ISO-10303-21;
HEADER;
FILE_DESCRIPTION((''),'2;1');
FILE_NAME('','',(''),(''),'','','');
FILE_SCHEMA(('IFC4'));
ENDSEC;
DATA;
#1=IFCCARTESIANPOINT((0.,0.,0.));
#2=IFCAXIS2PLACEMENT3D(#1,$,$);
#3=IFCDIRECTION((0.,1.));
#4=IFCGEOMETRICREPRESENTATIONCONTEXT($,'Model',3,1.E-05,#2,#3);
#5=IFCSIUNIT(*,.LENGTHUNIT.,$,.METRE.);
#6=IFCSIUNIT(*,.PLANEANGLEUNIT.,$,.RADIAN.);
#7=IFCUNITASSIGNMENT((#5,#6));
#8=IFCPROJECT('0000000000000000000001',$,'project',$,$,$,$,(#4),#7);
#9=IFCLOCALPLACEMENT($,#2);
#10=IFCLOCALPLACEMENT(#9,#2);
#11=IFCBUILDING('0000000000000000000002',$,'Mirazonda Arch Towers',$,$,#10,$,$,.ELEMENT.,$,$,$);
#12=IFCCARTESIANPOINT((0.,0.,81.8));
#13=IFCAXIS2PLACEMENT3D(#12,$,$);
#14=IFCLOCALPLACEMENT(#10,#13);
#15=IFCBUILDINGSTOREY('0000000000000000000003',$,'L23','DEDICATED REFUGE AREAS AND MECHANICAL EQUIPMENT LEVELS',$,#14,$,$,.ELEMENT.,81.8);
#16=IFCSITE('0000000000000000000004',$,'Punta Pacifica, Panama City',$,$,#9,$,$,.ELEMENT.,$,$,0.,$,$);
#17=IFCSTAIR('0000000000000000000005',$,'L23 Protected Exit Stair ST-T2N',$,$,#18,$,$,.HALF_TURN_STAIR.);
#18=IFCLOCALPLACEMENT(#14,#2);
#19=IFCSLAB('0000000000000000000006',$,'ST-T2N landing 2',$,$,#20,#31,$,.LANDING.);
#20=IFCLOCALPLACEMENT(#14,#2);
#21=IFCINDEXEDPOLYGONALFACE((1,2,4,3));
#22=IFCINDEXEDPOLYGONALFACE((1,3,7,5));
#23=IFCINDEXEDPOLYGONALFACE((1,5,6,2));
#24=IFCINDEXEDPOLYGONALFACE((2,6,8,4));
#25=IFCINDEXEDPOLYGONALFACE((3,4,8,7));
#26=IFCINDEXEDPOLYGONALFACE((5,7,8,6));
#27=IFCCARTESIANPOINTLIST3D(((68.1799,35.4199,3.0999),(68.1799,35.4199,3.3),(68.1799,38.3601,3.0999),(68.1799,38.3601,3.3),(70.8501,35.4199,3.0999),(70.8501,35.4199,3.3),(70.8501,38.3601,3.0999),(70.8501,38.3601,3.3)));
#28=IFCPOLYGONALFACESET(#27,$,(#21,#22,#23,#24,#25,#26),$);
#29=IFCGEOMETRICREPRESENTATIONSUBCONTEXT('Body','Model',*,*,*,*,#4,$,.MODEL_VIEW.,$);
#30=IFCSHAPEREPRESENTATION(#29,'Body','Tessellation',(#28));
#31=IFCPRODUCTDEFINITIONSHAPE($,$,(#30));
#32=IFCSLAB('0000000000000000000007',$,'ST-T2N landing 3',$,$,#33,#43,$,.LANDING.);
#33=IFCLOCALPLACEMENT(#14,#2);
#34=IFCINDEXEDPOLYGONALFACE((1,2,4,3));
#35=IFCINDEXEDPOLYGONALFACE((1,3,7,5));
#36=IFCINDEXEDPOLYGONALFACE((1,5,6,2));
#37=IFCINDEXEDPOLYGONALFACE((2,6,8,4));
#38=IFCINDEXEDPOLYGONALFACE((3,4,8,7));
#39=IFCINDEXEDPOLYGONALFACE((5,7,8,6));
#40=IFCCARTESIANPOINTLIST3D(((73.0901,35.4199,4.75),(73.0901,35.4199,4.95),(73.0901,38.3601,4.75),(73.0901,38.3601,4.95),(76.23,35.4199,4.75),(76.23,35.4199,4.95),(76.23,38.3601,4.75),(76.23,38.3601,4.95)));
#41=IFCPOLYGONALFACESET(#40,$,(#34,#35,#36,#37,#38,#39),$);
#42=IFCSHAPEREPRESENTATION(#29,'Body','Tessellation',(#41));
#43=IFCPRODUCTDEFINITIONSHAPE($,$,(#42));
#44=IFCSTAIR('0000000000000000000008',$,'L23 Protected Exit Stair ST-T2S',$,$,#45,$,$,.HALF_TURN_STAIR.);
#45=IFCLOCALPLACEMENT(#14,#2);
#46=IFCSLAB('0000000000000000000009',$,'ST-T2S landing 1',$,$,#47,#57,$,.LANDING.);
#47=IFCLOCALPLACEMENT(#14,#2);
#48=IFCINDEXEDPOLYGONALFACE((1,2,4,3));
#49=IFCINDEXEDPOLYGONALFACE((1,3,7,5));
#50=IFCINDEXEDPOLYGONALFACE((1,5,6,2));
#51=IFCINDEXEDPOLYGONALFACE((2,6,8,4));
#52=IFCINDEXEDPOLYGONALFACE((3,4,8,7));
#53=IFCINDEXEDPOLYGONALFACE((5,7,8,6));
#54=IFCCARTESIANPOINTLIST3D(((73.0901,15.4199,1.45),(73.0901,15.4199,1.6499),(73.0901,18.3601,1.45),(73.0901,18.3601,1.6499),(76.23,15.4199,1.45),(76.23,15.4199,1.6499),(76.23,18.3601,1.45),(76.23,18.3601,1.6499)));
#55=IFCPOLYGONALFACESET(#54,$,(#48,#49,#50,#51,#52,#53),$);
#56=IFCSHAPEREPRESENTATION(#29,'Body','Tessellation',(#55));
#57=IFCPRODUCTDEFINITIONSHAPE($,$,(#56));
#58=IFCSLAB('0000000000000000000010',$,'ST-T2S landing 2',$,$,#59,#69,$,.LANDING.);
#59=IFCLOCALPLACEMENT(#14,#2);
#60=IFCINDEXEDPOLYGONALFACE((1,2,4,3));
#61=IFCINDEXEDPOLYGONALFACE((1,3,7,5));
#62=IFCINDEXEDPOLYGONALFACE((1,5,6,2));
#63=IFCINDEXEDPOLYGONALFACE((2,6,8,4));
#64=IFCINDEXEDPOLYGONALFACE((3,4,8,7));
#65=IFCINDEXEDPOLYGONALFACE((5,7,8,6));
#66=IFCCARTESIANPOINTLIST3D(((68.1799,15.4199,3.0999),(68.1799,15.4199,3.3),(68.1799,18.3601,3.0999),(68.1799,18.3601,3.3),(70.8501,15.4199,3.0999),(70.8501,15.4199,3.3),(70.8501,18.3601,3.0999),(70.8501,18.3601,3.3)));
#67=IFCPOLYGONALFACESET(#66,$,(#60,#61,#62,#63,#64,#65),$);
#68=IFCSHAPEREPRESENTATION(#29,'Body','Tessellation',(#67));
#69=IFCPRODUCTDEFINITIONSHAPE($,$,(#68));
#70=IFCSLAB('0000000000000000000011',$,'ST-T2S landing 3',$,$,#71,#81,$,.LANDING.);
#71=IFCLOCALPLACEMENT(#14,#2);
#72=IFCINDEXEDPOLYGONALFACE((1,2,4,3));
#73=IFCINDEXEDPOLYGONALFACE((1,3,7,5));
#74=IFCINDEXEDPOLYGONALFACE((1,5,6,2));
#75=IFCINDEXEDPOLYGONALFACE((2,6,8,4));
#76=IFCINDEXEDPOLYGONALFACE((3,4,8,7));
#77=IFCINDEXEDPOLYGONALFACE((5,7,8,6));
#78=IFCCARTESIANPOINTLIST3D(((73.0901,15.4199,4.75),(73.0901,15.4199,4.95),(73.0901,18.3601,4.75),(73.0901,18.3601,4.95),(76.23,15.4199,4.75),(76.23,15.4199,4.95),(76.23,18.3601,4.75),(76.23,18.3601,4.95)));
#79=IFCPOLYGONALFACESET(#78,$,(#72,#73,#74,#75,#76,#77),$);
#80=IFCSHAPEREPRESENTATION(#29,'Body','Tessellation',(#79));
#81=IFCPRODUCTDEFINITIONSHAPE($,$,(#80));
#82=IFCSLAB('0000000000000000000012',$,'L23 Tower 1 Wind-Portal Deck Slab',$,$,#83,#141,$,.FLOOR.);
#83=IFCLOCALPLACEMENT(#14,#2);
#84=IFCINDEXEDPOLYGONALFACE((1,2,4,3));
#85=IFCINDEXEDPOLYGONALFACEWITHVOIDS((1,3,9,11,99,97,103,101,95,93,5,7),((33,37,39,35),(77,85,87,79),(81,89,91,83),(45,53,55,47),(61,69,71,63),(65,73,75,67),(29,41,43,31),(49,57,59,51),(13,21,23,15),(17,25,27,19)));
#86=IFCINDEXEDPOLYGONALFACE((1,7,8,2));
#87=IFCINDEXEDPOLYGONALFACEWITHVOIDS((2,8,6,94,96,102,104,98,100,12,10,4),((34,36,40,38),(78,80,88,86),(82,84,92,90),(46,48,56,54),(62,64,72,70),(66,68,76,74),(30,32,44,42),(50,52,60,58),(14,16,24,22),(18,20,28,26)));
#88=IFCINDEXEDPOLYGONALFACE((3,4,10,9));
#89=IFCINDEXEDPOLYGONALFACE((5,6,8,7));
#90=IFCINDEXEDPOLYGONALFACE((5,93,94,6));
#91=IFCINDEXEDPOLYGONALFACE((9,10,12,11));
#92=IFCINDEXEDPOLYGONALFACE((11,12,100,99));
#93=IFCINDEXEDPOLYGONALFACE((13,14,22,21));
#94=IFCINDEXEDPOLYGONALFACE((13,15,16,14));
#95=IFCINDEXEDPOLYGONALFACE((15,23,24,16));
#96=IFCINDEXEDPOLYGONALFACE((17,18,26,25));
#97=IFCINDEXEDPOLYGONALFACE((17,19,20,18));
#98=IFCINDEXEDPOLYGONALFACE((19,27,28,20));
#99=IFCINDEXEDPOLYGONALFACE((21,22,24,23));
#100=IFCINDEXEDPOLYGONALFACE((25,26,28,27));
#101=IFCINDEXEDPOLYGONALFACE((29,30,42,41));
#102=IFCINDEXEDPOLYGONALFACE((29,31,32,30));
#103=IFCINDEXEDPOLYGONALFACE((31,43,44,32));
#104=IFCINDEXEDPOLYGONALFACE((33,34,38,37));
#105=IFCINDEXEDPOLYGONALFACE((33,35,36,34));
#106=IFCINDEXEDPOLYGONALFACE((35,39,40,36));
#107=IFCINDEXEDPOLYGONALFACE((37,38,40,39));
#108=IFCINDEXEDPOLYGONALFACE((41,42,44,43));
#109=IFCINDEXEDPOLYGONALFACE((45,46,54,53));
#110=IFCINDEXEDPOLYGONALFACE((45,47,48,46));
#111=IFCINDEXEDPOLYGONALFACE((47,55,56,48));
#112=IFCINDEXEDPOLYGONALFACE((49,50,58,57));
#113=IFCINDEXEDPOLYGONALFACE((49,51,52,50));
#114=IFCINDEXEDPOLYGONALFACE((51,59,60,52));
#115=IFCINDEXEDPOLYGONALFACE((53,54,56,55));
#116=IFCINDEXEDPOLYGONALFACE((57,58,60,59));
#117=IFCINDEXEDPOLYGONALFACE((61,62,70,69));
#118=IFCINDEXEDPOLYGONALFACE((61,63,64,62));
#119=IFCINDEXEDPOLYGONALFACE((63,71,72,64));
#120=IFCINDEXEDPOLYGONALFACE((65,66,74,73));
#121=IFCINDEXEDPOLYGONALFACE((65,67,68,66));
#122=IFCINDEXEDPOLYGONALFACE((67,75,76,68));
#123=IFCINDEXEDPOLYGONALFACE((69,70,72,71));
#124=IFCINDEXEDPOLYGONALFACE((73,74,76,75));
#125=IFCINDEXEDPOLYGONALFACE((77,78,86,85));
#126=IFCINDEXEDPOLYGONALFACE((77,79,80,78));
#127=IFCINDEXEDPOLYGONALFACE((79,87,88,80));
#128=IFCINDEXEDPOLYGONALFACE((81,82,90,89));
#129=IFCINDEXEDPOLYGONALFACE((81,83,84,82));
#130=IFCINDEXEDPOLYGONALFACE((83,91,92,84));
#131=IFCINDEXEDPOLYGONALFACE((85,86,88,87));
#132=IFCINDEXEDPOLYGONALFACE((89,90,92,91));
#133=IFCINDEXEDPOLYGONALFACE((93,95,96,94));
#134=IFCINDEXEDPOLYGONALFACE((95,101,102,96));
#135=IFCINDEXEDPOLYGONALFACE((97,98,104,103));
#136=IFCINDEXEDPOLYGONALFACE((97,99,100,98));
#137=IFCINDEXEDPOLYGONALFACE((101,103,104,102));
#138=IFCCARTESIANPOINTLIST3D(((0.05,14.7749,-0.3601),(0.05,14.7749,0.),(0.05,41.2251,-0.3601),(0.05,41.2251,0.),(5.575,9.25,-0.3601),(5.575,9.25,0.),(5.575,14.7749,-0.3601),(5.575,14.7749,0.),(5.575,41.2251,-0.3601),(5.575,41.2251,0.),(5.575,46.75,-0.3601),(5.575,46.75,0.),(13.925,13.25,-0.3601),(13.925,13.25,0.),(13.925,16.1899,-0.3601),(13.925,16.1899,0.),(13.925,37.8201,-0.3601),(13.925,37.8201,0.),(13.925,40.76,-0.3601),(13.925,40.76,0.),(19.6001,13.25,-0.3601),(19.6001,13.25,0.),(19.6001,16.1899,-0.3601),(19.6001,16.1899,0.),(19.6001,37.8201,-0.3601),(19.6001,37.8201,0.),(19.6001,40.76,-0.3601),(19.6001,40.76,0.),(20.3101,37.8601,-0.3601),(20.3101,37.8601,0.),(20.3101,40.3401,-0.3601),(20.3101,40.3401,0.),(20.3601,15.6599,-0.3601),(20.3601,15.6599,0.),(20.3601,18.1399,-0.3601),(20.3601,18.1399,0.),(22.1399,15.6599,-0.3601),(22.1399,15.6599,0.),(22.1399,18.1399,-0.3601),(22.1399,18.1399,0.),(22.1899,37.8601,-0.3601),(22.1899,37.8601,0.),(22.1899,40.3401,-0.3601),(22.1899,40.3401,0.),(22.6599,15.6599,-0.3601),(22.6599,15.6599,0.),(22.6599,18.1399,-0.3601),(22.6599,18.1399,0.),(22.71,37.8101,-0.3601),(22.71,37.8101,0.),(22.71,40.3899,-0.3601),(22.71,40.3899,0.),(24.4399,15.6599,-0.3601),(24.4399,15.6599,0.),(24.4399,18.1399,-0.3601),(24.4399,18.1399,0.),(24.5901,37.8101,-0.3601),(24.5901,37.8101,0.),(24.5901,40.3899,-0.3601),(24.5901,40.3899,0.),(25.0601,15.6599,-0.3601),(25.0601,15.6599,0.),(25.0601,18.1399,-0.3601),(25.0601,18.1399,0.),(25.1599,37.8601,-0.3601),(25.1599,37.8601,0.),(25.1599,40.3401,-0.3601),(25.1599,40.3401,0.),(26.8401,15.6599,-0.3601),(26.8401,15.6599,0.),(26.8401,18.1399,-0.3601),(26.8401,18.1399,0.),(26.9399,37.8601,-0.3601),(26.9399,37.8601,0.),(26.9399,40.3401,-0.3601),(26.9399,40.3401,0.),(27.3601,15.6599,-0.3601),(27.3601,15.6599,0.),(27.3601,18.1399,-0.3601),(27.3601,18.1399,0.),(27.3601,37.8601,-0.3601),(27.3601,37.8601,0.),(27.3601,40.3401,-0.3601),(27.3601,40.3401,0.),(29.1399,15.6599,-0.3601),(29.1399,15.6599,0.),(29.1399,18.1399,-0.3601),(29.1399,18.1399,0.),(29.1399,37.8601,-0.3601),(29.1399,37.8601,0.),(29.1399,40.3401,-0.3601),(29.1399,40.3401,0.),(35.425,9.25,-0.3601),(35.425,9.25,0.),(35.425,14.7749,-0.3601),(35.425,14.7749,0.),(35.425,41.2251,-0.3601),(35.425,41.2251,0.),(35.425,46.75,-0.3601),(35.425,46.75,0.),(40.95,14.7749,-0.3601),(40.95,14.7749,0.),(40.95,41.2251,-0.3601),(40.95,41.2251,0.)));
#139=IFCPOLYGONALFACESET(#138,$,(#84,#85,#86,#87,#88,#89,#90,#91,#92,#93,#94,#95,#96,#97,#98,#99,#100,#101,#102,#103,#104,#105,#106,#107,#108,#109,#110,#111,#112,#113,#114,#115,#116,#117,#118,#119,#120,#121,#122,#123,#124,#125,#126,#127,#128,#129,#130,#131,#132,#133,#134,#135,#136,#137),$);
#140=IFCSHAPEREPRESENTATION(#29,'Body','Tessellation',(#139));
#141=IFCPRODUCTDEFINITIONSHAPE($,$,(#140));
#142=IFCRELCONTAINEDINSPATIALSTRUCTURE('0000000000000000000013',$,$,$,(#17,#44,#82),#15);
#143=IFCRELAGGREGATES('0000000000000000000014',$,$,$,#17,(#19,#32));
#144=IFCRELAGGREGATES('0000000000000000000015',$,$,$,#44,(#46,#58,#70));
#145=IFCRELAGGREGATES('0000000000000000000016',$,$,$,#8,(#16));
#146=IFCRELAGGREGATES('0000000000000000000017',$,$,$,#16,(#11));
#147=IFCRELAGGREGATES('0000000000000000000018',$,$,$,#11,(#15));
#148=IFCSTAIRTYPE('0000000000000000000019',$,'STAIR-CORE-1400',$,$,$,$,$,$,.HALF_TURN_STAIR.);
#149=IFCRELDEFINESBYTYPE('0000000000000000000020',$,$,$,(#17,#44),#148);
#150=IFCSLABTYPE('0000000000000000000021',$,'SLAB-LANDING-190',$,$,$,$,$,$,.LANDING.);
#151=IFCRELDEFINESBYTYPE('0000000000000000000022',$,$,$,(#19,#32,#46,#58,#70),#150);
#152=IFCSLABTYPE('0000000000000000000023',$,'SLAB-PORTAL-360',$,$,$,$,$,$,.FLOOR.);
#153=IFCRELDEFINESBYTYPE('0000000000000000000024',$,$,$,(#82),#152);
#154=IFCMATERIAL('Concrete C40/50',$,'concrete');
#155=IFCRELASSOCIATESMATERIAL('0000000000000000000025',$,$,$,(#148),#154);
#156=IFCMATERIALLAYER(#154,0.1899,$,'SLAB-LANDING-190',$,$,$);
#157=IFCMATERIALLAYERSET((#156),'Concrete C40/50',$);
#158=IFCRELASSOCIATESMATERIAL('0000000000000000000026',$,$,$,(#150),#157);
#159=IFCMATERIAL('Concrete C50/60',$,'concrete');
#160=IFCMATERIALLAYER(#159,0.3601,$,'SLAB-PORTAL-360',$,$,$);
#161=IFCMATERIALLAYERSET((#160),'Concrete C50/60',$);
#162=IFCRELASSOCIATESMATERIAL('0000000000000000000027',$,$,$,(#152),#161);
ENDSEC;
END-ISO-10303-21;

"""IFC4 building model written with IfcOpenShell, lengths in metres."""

from ifc_helpers import new_model, si_unit, direction, frame, origin, place, context, subcontext, project, spatial, polyline, outline, extrude, material, layer, layer_set, type_object, element, aggregate, save


model = new_model("IFC4")

# Units and contexts
model_context = context("Model", 3, precision=1e-05, world=origin(), true_north=direction((0.0, 1.0)))
body_context = subcontext(model_context, "Body", "Model", "MODEL_VIEW")
ifc_project = project(units=[si_unit("LENGTHUNIT", "METRE"), si_unit("PLANEANGLEUNIT", "RADIAN")], contexts=[model_context])

# Site, building, storey
site_placement = place(None, origin())
site = spatial("IfcSite", under=ifc_project, at=site_placement, Name="Punta Pacifica, Panama City", CompositionType="ELEMENT", RefElevation=0.0)
building_placement = place(site_placement, origin())
building = spatial("IfcBuilding", under=site, at=building_placement, Name="Mirazonda Arch Towers", CompositionType="ELEMENT")
storey_placement = place(building_placement, frame((0.0, 0.0, 81.8)))
storey = spatial("IfcBuildingStorey", under=building, at=storey_placement, Name="L23", Description="DEDICATED REFUGE AREAS AND MECHANICAL EQUIPMENT LEVELS", CompositionType="ELEMENT", Elevation=81.8)

# Shared definitions
ifc_material_1 = material(Name="Concrete C50/60", Category="concrete")

# Stairs, slabs
ifc_material_2 = material(Name="Concrete C40/50", Category="concrete")
stair_type = type_object("IfcStairType", Name="STAIR-CORE-1400", PredefinedType="HALF_TURN_STAIR", material=ifc_material_2)
ifc_layer_1 = layer(ifc_material_2, 0.1899, Name="SLAB-LANDING-190")
ifc_layer_set_1 = layer_set([ifc_layer_1], Name="Concrete C40/50")
slab_type_1 = type_object("IfcSlabType", Name="SLAB-LANDING-190", PredefinedType="LANDING", material=ifc_layer_set_1)
stair_1_placement = place(storey_placement, origin())
stair_1 = element("IfcStair", 1, at=stair_1_placement, inside=storey, type_object=stair_type, Name="L23 Protected Exit Stair ST-T2N", PredefinedType="HALF_TURN_STAIR")
slab_1_placement = place(storey_placement, frame((0.0, 0.0, 3.0999)))
slab_1 = element("IfcSlab", 2, at=slab_1_placement, type_object=slab_type_1, Name="ST-T2N landing 2", PredefinedType="LANDING", context=body_context, shape_type="SweptSolid", body=[
    extrude(outline(polyline([(68.1799, 35.4199), (70.8501, 35.4199), (70.8501, 38.3601), (68.1799, 38.3601), (68.1799, 35.4199)])), origin(), (0.0, 0.0, 1.0), 0.2002),
])
slab_2_placement = place(storey_placement, frame((0.0, 0.0, 4.75)))
slab_2 = element("IfcSlab", 3, at=slab_2_placement, type_object=slab_type_1, Name="ST-T2N landing 3", PredefinedType="LANDING", context=body_context, shape_type="SweptSolid", body=[
    extrude(outline(polyline([(73.0901, 35.4199), (76.23, 35.4199), (76.23, 38.3601), (73.0901, 38.3601), (73.0901, 35.4199)])), origin(), (0.0, 0.0, 1.0), 0.2),
])
aggregate(stair_1, [slab_1, slab_2])
stair_2_placement = place(storey_placement, origin())
stair_2 = element("IfcStair", 4, at=stair_2_placement, inside=storey, type_object=stair_type, Name="L23 Protected Exit Stair ST-T2S", PredefinedType="HALF_TURN_STAIR")
slab_3_placement = place(storey_placement, frame((0.0, 0.0, 1.45)))
slab_3 = element("IfcSlab", 5, at=slab_3_placement, type_object=slab_type_1, Name="ST-T2S landing 1", PredefinedType="LANDING", context=body_context, shape_type="SweptSolid", body=[
    extrude(outline(polyline([(73.0901, 15.4199), (76.23, 15.4199), (76.23, 18.3601), (73.0901, 18.3601), (73.0901, 15.4199)])), origin(), (0.0, 0.0, 1.0), 0.2),
])
slab_4_placement = place(storey_placement, frame((0.0, 0.0, 3.0999)))
slab_4 = element("IfcSlab", 6, at=slab_4_placement, type_object=slab_type_1, Name="ST-T2S landing 2", PredefinedType="LANDING", context=body_context, shape_type="SweptSolid", body=[
    extrude(outline(polyline([(68.1799, 15.4199), (70.8501, 15.4199), (70.8501, 18.3601), (68.1799, 18.3601), (68.1799, 15.4199)])), origin(), (0.0, 0.0, 1.0), 0.2002),
])
slab_5_placement = place(storey_placement, frame((0.0, 0.0, 4.75)))
slab_5 = element("IfcSlab", 7, at=slab_5_placement, type_object=slab_type_1, Name="ST-T2S landing 3", PredefinedType="LANDING", context=body_context, shape_type="SweptSolid", body=[
    extrude(outline(polyline([(73.0901, 15.4199), (76.23, 15.4199), (76.23, 18.3601), (73.0901, 18.3601), (73.0901, 15.4199)])), origin(), (0.0, 0.0, 1.0), 0.2),
])
aggregate(stair_2, [slab_3, slab_4, slab_5])

# Slab
ifc_layer_2 = layer(ifc_material_1, 0.3601, Name="SLAB-PORTAL-360")
ifc_layer_set_2 = layer_set([ifc_layer_2], Name="Concrete C50/60")
slab_type_2 = type_object("IfcSlabType", Name="SLAB-PORTAL-360", PredefinedType="FLOOR", material=ifc_layer_set_2)
slab_6_placement = place(storey_placement, frame((0.0, 0.0, -0.3601)))
element("IfcSlab", 8, at=slab_6_placement, inside=storey, type_object=slab_type_2, Name="L23 Tower 1 Wind-Portal Deck Slab", PredefinedType="FLOOR", context=body_context, shape_type="SweptSolid", body=[
    extrude(outline(polyline([(5.575, 9.25), (35.425, 9.25), (35.425, 14.7749), (40.95, 14.7749), (40.95, 41.2251), (35.425, 41.2251), (35.425, 46.75), (5.575, 46.75), (5.575, 41.2251), (0.05, 41.2251), (0.05, 14.7749), (5.575, 14.7749), (5.575, 9.25)]), holes=[polyline([(29.1399, 18.1399), (29.1399, 15.6599), (27.3601, 15.6599), (27.3601, 18.1399), (29.1399, 18.1399)]), polyline([(29.1399, 40.3401), (29.1399, 37.8601), (27.3601, 37.8601), (27.3601, 40.3401), (29.1399, 40.3401)]), polyline([(25.1599, 40.3401), (26.9399, 40.3401), (26.9399, 37.8601), (25.1599, 37.8601), (25.1599, 40.3401)]), polyline([(26.8401, 18.1399), (26.8401, 15.6599), (25.0601, 15.6599), (25.0601, 18.1399), (26.8401, 18.1399)]), polyline([(22.71, 40.3899), (24.5901, 40.3899), (24.5901, 37.8101), (22.71, 37.8101), (22.71, 40.3899)]), polyline([(22.6599, 18.1399), (24.4399, 18.1399), (24.4399, 15.6599), (22.6599, 15.6599), (22.6599, 18.1399)]), polyline([(20.3101, 40.3401), (22.1899, 40.3401), (22.1899, 37.8601), (20.3101, 37.8601), (20.3101, 40.3401)]), polyline([(20.3601, 18.1399), (22.1399, 18.1399), (22.1399, 15.6599), (20.3601, 15.6599), (20.3601, 18.1399)]), polyline([(13.925, 40.76), (19.6001, 40.76), (19.6001, 37.8201), (13.925, 37.8201), (13.925, 40.76)]), polyline([(13.925, 13.25), (13.925, 16.1899), (19.6001, 16.1899), (19.6001, 13.25), (13.925, 13.25)])]), origin(), (0.0, 0.0, 1.0), 0.3601),
])

save(model, "model.ifc")
